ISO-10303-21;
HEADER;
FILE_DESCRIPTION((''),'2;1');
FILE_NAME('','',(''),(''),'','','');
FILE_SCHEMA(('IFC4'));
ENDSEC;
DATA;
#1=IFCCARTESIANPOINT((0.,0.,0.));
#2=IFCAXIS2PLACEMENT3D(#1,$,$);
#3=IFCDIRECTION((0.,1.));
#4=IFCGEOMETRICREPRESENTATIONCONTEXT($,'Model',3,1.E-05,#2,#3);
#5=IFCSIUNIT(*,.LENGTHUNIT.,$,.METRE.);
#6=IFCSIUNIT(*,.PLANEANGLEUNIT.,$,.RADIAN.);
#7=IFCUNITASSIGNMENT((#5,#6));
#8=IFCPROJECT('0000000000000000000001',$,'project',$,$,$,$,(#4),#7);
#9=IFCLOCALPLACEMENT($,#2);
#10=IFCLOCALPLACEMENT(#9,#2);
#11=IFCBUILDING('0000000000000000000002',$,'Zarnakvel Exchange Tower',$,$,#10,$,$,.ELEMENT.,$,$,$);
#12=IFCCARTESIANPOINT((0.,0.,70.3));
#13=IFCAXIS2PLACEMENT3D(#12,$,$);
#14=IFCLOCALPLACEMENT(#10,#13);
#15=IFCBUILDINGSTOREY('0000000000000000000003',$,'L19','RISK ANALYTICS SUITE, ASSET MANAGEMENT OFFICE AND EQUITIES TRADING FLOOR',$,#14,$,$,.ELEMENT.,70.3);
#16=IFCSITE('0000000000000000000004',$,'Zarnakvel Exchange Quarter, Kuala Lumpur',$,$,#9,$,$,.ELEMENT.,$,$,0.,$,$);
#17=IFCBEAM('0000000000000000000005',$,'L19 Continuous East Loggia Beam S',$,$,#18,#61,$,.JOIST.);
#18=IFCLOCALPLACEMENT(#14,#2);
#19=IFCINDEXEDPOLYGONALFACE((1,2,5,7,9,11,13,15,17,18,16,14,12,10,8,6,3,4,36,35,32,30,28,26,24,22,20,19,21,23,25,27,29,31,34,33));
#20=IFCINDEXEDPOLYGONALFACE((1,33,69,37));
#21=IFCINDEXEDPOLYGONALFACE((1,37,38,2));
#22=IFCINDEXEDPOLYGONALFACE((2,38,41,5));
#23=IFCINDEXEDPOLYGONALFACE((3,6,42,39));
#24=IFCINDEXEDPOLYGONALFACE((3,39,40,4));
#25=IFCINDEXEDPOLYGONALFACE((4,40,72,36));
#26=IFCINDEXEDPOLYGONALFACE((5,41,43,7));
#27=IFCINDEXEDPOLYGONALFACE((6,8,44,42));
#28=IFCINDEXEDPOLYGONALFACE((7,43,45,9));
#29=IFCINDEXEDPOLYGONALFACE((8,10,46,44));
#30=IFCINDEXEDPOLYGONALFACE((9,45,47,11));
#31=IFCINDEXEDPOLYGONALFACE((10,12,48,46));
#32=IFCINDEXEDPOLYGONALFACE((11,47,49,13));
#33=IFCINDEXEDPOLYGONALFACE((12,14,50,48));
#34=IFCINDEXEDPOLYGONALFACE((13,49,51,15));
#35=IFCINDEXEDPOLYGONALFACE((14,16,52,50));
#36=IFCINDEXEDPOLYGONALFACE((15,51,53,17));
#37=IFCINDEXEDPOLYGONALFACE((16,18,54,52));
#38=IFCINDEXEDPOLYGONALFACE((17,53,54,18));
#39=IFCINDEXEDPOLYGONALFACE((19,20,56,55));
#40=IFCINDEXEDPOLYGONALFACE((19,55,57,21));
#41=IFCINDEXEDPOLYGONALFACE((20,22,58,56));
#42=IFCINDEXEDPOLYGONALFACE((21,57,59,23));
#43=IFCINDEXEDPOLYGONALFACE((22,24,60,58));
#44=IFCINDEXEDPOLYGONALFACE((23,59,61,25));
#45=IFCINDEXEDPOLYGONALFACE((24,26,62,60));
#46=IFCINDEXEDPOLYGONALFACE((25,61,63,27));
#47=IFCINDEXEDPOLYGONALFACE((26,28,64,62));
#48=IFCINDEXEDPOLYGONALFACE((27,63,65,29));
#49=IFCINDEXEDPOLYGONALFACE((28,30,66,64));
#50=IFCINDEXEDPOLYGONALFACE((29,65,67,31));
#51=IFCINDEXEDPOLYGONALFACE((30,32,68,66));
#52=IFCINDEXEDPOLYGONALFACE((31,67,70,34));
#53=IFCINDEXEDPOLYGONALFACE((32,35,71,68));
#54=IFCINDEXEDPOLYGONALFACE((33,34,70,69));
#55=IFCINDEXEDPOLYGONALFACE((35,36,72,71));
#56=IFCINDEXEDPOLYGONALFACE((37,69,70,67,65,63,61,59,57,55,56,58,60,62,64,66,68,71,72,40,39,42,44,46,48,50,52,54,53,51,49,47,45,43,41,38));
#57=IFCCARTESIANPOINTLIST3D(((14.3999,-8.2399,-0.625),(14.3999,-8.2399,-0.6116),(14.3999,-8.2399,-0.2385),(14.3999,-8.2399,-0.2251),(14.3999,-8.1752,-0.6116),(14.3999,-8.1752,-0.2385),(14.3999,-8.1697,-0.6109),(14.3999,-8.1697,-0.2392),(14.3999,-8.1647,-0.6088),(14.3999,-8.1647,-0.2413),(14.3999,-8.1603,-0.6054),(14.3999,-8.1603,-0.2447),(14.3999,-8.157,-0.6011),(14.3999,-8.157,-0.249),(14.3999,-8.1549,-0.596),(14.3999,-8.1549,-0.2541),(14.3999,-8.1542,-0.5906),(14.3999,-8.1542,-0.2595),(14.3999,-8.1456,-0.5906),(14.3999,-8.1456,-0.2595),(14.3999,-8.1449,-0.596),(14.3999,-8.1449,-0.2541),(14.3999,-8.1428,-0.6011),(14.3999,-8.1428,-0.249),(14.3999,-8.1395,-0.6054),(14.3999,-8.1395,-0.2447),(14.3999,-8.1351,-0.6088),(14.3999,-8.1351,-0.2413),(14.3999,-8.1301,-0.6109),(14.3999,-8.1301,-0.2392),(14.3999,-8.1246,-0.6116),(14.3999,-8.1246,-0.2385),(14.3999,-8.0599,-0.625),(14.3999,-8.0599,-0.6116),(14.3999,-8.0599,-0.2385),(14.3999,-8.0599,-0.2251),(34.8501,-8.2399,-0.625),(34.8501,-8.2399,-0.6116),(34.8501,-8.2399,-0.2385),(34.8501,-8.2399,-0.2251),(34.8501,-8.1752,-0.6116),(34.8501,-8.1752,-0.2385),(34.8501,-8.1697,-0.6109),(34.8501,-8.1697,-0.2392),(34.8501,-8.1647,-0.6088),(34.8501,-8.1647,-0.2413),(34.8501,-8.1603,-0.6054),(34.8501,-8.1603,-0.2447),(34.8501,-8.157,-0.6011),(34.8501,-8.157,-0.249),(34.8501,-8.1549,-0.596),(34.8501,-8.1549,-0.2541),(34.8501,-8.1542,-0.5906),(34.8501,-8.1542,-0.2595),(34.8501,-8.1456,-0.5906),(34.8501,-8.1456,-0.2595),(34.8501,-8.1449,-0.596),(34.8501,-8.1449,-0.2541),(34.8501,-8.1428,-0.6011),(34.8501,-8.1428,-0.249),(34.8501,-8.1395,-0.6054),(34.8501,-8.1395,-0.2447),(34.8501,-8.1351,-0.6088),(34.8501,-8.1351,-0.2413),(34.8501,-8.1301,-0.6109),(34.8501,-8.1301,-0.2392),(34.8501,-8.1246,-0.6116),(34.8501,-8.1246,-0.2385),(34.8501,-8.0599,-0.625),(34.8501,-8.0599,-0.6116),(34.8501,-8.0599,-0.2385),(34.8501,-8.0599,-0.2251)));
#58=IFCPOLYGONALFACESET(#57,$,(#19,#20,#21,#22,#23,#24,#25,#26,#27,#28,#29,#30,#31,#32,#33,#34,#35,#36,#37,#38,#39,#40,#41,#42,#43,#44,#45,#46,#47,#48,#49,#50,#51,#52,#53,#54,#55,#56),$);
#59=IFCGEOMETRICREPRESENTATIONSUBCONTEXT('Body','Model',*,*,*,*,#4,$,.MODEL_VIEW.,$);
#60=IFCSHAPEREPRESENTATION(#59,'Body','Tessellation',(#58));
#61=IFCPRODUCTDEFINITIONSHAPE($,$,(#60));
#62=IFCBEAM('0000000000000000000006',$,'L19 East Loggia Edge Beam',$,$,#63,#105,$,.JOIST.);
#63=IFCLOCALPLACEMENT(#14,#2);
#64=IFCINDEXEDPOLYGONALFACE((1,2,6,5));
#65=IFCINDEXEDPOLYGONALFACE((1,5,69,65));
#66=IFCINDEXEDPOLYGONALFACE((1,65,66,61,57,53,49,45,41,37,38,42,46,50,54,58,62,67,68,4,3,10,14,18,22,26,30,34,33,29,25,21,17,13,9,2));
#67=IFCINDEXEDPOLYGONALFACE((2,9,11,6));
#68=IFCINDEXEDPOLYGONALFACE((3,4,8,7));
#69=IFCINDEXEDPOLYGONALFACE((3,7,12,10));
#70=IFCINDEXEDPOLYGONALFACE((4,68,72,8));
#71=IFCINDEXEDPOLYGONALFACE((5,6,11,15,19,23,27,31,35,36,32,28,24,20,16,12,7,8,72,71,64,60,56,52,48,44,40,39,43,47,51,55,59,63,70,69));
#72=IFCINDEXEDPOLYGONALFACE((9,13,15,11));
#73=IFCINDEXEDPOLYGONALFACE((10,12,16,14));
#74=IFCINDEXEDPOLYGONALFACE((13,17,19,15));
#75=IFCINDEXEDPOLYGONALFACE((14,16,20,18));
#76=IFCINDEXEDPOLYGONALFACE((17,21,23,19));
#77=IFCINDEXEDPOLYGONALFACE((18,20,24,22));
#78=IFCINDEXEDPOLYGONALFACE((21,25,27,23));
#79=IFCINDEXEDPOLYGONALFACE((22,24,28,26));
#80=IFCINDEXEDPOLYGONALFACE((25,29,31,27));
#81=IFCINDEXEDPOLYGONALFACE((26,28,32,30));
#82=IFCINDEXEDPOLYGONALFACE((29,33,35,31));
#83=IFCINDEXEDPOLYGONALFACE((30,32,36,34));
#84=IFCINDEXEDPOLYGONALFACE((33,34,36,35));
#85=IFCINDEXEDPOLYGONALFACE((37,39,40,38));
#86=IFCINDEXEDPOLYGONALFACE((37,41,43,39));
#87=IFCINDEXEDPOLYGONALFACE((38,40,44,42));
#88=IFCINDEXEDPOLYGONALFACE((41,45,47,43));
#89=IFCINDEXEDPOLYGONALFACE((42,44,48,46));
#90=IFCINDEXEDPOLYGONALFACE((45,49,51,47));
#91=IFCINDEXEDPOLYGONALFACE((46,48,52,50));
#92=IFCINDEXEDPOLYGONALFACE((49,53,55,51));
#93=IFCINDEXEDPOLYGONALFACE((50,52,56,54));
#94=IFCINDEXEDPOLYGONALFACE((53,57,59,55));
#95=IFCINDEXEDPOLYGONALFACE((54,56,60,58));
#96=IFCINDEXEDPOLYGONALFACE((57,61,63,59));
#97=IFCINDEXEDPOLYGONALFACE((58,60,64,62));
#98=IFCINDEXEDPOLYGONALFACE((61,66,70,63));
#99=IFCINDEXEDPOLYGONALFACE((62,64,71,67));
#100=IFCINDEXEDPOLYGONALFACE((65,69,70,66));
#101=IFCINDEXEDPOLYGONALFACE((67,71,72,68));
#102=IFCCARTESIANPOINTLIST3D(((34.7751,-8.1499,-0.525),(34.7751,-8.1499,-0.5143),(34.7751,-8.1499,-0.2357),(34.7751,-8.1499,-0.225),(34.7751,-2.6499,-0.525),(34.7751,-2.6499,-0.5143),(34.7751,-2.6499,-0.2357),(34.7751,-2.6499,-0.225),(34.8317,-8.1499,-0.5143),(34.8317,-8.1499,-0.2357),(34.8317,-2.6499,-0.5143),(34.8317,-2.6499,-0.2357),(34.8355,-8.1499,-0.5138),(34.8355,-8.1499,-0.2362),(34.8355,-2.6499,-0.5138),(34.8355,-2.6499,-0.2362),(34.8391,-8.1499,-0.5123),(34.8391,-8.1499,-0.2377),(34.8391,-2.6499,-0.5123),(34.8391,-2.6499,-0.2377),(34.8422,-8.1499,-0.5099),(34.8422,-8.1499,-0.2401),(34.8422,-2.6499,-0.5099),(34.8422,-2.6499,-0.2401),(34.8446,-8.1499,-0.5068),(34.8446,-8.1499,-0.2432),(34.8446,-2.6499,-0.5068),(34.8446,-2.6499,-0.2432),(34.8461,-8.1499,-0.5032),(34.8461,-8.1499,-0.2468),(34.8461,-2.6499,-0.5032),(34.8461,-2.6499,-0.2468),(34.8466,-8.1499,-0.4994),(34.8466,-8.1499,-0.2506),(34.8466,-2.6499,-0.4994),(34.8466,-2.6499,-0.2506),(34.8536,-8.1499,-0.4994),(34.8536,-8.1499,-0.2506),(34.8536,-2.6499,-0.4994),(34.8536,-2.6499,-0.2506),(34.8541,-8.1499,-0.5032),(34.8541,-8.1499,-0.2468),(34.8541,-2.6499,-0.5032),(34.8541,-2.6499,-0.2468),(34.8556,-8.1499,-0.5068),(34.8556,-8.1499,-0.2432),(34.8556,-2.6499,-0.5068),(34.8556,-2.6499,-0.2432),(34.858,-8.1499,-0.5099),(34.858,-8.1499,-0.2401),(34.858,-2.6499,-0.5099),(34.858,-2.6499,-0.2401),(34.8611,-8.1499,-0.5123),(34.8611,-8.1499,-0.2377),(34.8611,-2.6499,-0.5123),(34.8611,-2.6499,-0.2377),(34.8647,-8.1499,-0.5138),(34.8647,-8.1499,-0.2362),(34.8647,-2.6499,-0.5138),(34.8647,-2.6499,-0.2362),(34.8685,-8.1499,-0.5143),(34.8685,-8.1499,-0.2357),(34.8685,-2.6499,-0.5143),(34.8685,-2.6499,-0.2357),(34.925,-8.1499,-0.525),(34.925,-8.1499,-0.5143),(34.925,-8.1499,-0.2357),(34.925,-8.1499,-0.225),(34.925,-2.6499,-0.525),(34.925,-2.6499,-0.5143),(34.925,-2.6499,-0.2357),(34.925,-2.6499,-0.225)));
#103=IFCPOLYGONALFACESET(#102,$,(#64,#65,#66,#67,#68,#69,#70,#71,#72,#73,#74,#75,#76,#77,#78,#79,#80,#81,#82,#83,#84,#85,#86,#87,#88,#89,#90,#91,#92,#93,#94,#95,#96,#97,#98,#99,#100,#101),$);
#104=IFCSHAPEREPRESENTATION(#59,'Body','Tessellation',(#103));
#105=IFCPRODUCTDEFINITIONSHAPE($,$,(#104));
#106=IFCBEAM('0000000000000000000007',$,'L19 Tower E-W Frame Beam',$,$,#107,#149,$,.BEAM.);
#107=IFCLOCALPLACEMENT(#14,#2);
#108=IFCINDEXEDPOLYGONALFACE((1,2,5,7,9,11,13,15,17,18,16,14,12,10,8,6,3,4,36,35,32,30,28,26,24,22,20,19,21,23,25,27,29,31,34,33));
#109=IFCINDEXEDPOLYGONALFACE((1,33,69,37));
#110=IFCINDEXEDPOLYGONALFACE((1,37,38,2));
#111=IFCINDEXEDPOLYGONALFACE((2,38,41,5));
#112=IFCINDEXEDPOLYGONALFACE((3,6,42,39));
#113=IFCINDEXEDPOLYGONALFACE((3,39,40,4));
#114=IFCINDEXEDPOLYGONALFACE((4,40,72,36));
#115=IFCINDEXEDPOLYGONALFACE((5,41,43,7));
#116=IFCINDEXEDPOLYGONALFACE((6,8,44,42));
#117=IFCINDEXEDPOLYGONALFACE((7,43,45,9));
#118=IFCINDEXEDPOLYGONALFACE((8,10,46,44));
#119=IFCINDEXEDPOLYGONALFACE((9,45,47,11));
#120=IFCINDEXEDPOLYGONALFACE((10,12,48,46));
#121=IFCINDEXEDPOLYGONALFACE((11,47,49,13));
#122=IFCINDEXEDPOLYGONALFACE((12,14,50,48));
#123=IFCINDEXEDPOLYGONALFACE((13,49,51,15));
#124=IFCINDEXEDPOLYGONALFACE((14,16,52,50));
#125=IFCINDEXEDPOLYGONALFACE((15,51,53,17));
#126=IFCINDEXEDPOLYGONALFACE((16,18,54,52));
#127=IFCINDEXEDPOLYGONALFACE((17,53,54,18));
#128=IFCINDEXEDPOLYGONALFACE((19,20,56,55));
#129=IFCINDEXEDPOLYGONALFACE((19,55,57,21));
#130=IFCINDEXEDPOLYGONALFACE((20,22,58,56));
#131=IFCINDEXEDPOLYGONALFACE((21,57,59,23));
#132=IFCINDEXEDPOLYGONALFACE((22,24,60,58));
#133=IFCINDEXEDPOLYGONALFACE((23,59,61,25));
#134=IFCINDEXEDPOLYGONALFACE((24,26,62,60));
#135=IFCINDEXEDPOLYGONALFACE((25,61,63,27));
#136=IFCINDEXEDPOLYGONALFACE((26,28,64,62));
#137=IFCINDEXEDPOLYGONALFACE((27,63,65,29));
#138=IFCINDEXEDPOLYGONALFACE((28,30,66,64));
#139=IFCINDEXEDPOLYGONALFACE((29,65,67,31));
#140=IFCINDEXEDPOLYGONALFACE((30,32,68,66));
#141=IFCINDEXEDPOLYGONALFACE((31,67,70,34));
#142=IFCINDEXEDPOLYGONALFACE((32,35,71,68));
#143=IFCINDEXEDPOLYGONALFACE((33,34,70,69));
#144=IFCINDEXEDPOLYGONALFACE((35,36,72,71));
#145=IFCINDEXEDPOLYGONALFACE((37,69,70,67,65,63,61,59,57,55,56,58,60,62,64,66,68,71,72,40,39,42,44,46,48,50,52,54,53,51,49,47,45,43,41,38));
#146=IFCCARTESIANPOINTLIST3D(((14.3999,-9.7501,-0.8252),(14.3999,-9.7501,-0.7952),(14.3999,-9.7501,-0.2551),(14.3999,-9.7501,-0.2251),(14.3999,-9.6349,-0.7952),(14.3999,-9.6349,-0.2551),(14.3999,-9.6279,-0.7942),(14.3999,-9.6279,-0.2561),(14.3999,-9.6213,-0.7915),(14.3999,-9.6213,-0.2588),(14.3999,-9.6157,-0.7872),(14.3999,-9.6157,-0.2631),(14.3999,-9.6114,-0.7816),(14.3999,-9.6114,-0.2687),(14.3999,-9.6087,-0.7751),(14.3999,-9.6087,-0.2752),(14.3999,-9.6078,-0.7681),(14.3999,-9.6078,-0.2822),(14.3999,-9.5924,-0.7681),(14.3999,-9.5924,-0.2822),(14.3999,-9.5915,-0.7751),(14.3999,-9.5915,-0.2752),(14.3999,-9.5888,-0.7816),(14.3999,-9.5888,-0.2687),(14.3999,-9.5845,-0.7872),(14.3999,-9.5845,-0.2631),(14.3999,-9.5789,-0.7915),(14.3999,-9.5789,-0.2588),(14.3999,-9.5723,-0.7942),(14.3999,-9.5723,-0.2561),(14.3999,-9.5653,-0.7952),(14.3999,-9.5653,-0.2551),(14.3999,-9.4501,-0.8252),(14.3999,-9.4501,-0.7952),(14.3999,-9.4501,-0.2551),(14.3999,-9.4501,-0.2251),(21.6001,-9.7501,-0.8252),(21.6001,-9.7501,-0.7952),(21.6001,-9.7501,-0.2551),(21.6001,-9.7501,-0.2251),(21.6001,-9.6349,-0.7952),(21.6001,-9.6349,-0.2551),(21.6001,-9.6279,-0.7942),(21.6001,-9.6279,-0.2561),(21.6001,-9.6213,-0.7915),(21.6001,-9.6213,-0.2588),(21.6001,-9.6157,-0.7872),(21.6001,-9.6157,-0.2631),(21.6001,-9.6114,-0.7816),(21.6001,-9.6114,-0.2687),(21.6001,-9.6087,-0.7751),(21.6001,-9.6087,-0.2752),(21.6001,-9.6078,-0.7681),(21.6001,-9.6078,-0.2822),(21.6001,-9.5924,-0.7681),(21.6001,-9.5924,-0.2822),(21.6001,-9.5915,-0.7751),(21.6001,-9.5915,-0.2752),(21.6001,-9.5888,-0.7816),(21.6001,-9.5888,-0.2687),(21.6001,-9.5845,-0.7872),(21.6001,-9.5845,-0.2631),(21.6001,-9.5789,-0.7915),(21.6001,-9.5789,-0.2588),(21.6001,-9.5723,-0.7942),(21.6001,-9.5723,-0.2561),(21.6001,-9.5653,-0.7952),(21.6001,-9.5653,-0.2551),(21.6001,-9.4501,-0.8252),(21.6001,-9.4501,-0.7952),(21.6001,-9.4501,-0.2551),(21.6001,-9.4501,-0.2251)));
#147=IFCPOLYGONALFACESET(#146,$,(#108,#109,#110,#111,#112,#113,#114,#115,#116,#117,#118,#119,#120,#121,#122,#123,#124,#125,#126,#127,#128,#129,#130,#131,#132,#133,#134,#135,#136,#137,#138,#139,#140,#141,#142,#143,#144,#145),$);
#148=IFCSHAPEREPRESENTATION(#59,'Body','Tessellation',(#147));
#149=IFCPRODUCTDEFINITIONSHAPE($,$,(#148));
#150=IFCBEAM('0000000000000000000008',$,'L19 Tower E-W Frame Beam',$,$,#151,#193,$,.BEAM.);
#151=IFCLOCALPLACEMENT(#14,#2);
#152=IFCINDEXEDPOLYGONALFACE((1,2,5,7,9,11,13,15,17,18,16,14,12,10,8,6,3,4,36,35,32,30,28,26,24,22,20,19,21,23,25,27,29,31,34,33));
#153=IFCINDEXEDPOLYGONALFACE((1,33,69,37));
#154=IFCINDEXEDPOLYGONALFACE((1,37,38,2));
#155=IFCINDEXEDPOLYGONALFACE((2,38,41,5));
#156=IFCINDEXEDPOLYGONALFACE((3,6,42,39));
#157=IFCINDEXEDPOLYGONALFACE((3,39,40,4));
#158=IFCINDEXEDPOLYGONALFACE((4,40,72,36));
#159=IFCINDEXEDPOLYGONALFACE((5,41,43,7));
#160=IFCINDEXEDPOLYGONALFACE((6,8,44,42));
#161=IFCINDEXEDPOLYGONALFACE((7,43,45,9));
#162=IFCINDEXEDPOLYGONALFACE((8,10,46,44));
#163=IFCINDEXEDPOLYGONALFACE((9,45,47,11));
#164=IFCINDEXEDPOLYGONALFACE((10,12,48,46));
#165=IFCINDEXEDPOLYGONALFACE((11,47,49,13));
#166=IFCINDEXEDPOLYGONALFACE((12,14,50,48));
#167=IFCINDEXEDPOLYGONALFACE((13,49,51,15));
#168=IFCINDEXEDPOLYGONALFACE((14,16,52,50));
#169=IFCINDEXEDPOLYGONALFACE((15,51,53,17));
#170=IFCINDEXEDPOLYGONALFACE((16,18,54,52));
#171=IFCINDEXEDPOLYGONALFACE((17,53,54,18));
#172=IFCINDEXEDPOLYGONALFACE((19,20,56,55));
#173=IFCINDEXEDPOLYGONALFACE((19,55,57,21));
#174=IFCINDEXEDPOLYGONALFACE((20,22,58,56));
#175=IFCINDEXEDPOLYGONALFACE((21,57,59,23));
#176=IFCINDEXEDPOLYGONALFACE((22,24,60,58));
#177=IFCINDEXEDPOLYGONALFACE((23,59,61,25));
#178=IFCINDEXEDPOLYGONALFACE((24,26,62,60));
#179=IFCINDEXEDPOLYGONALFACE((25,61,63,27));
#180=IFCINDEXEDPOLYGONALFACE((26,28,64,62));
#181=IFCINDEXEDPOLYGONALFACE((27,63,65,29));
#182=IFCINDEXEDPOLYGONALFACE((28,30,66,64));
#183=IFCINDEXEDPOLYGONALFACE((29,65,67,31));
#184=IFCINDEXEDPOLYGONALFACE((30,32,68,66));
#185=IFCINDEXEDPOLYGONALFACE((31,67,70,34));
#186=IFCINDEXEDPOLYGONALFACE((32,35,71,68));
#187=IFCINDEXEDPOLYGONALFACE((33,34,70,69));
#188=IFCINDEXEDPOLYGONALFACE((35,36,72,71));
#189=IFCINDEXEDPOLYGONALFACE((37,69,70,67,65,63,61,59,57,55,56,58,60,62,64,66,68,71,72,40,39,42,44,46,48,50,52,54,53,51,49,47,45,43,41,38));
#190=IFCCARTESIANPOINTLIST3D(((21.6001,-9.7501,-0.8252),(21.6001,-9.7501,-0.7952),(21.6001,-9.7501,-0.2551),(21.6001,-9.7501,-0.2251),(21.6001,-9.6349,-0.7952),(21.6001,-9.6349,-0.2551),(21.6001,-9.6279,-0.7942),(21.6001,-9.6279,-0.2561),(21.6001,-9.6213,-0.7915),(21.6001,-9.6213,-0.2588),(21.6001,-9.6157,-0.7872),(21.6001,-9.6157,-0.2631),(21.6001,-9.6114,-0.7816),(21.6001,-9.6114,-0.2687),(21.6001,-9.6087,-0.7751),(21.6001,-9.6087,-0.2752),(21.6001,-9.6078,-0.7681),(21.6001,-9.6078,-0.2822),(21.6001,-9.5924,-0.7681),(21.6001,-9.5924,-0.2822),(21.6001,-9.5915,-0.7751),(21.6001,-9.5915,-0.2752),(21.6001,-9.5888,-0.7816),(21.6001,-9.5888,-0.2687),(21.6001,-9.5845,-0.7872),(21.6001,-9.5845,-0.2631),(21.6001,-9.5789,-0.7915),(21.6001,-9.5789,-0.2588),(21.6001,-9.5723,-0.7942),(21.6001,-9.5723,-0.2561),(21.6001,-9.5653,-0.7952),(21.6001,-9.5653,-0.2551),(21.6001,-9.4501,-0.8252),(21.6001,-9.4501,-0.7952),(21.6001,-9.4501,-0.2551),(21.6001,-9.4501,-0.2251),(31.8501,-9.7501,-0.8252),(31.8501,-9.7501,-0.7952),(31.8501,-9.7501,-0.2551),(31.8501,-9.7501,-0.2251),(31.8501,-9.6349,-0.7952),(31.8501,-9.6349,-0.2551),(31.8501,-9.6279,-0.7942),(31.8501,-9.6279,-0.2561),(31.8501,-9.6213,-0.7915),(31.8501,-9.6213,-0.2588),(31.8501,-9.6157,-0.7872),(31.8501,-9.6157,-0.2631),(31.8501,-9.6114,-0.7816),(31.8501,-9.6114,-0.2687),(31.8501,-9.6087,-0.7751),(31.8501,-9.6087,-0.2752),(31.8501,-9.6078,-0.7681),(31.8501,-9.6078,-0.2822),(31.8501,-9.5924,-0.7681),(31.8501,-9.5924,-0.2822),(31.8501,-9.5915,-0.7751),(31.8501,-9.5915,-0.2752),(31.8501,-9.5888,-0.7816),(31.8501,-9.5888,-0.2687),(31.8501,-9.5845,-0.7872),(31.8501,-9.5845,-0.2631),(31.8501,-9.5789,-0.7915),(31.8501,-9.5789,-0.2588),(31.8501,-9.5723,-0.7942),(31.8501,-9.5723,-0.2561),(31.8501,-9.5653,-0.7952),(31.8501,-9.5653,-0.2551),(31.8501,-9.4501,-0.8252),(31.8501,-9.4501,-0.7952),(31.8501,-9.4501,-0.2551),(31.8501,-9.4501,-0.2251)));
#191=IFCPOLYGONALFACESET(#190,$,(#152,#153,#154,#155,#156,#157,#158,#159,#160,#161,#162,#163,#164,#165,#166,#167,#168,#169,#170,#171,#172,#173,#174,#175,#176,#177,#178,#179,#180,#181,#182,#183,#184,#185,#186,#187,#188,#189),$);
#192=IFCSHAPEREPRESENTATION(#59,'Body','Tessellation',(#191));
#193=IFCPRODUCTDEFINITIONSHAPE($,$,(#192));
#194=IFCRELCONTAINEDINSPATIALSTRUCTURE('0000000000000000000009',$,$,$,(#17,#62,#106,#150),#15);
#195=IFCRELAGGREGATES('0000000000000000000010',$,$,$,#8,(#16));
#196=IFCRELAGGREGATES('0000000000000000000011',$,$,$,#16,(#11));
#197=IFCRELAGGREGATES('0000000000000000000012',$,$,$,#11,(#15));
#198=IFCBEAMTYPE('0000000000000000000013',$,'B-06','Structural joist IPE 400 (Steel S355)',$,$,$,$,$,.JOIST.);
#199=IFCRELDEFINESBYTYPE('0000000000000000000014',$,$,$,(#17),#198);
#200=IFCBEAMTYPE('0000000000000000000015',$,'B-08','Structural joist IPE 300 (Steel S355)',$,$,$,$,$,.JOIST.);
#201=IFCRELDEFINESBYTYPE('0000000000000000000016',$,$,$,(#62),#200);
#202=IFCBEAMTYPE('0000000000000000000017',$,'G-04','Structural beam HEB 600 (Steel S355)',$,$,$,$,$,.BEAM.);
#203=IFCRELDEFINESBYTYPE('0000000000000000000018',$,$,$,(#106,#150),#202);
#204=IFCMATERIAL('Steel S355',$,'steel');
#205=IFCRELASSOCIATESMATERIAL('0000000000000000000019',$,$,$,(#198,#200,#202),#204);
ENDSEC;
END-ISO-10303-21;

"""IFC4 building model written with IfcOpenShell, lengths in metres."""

from ifc_helpers import new_model, si_unit, direction, frame, origin, origin_2d, place, context, subcontext, project, spatial, i_section, extrude, material, material_profile, profile_set, type_object, element, save


model = new_model("IFC4")

# Units and contexts
model_context = context("Model", 3, precision=1e-05, world=origin(), true_north=direction((0.0, 1.0)))
body_context = subcontext(model_context, "Body", "Model", "MODEL_VIEW")
ifc_project = project(units=[si_unit("LENGTHUNIT", "METRE"), si_unit("PLANEANGLEUNIT", "RADIAN")], contexts=[model_context])

# Site, building, storey
site_placement = place(None, origin())
site = spatial("IfcSite", under=ifc_project, at=site_placement, Name="Zarnakvel Exchange Quarter, Kuala Lumpur", CompositionType="ELEMENT", RefElevation=0.0)
building_placement = place(site_placement, origin())
building = spatial("IfcBuilding", under=site, at=building_placement, Name="Zarnakvel Exchange Tower", CompositionType="ELEMENT")
storey_placement = place(building_placement, frame((0.0, 0.0, 70.3)))
storey = spatial("IfcBuildingStorey", under=building, at=storey_placement, Name="L19", Description="RISK ANALYTICS SUITE, ASSET MANAGEMENT OFFICE AND EQUITIES TRADING FLOOR", CompositionType="ELEMENT", Elevation=70.3)

# Shared definitions
ifc_material_1 = material(Name="Steel S355", Category="steel")

# Beams
ifc_material_profile_1 = material_profile(ifc_material_1, i_section(OverallWidth=0.1799, OverallDepth=0.3999, WebThickness=0.0085, FlangeThickness=0.0134, FilletRadius=0.021, at=origin_2d()))
ifc_profile_set_1 = profile_set([ifc_material_profile_1], Name="Steel S355")
beam_type_1 = type_object("IfcBeamType", Name="B-06", Description="Structural joist IPE 400 (Steel S355)", PredefinedType="JOIST", material=ifc_profile_set_1)
beam_1_placement = place(storey_placement, frame((14.3999, -8.1499, -0.425), z_axis=(1.0, 0.0, 0.0), x_axis=(0.0, 1.0, 0.0)))
element("IfcBeam", 1, at=beam_1_placement, inside=storey, type_object=beam_type_1, Name="L19 Continuous East Loggia Beam S", PredefinedType="JOIST", context=body_context, shape_type="SweptSolid", body=[
    extrude(i_section(OverallWidth=0.1799, OverallDepth=0.3999, WebThickness=0.0085, FlangeThickness=0.0134, FilletRadius=0.021, at=origin_2d()), origin(), (0.0, 0.0, 1.0), 20.4502),
])
ifc_material_profile_2 = material_profile(ifc_material_1, i_section(OverallWidth=0.1499, OverallDepth=0.3, WebThickness=0.0071, FlangeThickness=0.0107, FilletRadius=0.0149, at=origin_2d()))
ifc_profile_set_2 = profile_set([ifc_material_profile_2], Name="Steel S355")
beam_type_2 = type_object("IfcBeamType", Name="B-08", Description="Structural joist IPE 300 (Steel S355)", PredefinedType="JOIST", material=ifc_profile_set_2)
beam_2_placement = place(storey_placement, frame((34.8501, -8.1499, -0.375), z_axis=(0.0, 1.0, 0.0), x_axis=(-1.0, 0.0, 0.0)))
element("IfcBeam", 2, at=beam_2_placement, inside=storey, type_object=beam_type_2, Name="L19 East Loggia Edge Beam", PredefinedType="JOIST", context=body_context, shape_type="SweptSolid", body=[
    extrude(i_section(OverallWidth=0.1499, OverallDepth=0.3, WebThickness=0.0071, FlangeThickness=0.0107, FilletRadius=0.0149, at=origin_2d()), origin(), (0.0, 0.0, 1.0), 5.5),
])
ifc_material_profile_3 = material_profile(ifc_material_1, i_section(OverallWidth=0.3, OverallDepth=0.6001, WebThickness=0.0154, FlangeThickness=0.03, FilletRadius=0.0271, at=origin_2d()))
ifc_profile_set_3 = profile_set([ifc_material_profile_3], Name="Steel S355")
beam_type_3 = type_object("IfcBeamType", Name="G-04", Description="Structural beam HEB 600 (Steel S355)", PredefinedType="BEAM", material=ifc_profile_set_3)
beam_3_placement = place(storey_placement, frame((14.3999, -9.6001, -0.5251), z_axis=(1.0, 0.0, 0.0), x_axis=(0.0, 1.0, 0.0)))
element("IfcBeam", 3, at=beam_3_placement, inside=storey, type_object=beam_type_3, Name="L19 Tower E-W Frame Beam", PredefinedType="BEAM", context=body_context, shape_type="SweptSolid", body=[
    extrude(i_section(OverallWidth=0.3, OverallDepth=0.6001, WebThickness=0.0154, FlangeThickness=0.03, FilletRadius=0.0271, at=origin_2d()), origin(), (0.0, 0.0, 1.0), 7.2002),
])
beam_4_placement = place(storey_placement, frame((21.6001, -9.6001, -0.5251), z_axis=(1.0, 0.0, 0.0), x_axis=(0.0, 1.0, 0.0)))
element("IfcBeam", 4, at=beam_4_placement, inside=storey, type_object=beam_type_3, Name="L19 Tower E-W Frame Beam", PredefinedType="BEAM", context=body_context, shape_type="SweptSolid", body=[
    extrude(i_section(OverallWidth=0.3, OverallDepth=0.6001, WebThickness=0.0154, FlangeThickness=0.03, FilletRadius=0.0271, at=origin_2d()), origin(), (0.0, 0.0, 1.0), 10.25),
])

save(model, "model.ifc")
